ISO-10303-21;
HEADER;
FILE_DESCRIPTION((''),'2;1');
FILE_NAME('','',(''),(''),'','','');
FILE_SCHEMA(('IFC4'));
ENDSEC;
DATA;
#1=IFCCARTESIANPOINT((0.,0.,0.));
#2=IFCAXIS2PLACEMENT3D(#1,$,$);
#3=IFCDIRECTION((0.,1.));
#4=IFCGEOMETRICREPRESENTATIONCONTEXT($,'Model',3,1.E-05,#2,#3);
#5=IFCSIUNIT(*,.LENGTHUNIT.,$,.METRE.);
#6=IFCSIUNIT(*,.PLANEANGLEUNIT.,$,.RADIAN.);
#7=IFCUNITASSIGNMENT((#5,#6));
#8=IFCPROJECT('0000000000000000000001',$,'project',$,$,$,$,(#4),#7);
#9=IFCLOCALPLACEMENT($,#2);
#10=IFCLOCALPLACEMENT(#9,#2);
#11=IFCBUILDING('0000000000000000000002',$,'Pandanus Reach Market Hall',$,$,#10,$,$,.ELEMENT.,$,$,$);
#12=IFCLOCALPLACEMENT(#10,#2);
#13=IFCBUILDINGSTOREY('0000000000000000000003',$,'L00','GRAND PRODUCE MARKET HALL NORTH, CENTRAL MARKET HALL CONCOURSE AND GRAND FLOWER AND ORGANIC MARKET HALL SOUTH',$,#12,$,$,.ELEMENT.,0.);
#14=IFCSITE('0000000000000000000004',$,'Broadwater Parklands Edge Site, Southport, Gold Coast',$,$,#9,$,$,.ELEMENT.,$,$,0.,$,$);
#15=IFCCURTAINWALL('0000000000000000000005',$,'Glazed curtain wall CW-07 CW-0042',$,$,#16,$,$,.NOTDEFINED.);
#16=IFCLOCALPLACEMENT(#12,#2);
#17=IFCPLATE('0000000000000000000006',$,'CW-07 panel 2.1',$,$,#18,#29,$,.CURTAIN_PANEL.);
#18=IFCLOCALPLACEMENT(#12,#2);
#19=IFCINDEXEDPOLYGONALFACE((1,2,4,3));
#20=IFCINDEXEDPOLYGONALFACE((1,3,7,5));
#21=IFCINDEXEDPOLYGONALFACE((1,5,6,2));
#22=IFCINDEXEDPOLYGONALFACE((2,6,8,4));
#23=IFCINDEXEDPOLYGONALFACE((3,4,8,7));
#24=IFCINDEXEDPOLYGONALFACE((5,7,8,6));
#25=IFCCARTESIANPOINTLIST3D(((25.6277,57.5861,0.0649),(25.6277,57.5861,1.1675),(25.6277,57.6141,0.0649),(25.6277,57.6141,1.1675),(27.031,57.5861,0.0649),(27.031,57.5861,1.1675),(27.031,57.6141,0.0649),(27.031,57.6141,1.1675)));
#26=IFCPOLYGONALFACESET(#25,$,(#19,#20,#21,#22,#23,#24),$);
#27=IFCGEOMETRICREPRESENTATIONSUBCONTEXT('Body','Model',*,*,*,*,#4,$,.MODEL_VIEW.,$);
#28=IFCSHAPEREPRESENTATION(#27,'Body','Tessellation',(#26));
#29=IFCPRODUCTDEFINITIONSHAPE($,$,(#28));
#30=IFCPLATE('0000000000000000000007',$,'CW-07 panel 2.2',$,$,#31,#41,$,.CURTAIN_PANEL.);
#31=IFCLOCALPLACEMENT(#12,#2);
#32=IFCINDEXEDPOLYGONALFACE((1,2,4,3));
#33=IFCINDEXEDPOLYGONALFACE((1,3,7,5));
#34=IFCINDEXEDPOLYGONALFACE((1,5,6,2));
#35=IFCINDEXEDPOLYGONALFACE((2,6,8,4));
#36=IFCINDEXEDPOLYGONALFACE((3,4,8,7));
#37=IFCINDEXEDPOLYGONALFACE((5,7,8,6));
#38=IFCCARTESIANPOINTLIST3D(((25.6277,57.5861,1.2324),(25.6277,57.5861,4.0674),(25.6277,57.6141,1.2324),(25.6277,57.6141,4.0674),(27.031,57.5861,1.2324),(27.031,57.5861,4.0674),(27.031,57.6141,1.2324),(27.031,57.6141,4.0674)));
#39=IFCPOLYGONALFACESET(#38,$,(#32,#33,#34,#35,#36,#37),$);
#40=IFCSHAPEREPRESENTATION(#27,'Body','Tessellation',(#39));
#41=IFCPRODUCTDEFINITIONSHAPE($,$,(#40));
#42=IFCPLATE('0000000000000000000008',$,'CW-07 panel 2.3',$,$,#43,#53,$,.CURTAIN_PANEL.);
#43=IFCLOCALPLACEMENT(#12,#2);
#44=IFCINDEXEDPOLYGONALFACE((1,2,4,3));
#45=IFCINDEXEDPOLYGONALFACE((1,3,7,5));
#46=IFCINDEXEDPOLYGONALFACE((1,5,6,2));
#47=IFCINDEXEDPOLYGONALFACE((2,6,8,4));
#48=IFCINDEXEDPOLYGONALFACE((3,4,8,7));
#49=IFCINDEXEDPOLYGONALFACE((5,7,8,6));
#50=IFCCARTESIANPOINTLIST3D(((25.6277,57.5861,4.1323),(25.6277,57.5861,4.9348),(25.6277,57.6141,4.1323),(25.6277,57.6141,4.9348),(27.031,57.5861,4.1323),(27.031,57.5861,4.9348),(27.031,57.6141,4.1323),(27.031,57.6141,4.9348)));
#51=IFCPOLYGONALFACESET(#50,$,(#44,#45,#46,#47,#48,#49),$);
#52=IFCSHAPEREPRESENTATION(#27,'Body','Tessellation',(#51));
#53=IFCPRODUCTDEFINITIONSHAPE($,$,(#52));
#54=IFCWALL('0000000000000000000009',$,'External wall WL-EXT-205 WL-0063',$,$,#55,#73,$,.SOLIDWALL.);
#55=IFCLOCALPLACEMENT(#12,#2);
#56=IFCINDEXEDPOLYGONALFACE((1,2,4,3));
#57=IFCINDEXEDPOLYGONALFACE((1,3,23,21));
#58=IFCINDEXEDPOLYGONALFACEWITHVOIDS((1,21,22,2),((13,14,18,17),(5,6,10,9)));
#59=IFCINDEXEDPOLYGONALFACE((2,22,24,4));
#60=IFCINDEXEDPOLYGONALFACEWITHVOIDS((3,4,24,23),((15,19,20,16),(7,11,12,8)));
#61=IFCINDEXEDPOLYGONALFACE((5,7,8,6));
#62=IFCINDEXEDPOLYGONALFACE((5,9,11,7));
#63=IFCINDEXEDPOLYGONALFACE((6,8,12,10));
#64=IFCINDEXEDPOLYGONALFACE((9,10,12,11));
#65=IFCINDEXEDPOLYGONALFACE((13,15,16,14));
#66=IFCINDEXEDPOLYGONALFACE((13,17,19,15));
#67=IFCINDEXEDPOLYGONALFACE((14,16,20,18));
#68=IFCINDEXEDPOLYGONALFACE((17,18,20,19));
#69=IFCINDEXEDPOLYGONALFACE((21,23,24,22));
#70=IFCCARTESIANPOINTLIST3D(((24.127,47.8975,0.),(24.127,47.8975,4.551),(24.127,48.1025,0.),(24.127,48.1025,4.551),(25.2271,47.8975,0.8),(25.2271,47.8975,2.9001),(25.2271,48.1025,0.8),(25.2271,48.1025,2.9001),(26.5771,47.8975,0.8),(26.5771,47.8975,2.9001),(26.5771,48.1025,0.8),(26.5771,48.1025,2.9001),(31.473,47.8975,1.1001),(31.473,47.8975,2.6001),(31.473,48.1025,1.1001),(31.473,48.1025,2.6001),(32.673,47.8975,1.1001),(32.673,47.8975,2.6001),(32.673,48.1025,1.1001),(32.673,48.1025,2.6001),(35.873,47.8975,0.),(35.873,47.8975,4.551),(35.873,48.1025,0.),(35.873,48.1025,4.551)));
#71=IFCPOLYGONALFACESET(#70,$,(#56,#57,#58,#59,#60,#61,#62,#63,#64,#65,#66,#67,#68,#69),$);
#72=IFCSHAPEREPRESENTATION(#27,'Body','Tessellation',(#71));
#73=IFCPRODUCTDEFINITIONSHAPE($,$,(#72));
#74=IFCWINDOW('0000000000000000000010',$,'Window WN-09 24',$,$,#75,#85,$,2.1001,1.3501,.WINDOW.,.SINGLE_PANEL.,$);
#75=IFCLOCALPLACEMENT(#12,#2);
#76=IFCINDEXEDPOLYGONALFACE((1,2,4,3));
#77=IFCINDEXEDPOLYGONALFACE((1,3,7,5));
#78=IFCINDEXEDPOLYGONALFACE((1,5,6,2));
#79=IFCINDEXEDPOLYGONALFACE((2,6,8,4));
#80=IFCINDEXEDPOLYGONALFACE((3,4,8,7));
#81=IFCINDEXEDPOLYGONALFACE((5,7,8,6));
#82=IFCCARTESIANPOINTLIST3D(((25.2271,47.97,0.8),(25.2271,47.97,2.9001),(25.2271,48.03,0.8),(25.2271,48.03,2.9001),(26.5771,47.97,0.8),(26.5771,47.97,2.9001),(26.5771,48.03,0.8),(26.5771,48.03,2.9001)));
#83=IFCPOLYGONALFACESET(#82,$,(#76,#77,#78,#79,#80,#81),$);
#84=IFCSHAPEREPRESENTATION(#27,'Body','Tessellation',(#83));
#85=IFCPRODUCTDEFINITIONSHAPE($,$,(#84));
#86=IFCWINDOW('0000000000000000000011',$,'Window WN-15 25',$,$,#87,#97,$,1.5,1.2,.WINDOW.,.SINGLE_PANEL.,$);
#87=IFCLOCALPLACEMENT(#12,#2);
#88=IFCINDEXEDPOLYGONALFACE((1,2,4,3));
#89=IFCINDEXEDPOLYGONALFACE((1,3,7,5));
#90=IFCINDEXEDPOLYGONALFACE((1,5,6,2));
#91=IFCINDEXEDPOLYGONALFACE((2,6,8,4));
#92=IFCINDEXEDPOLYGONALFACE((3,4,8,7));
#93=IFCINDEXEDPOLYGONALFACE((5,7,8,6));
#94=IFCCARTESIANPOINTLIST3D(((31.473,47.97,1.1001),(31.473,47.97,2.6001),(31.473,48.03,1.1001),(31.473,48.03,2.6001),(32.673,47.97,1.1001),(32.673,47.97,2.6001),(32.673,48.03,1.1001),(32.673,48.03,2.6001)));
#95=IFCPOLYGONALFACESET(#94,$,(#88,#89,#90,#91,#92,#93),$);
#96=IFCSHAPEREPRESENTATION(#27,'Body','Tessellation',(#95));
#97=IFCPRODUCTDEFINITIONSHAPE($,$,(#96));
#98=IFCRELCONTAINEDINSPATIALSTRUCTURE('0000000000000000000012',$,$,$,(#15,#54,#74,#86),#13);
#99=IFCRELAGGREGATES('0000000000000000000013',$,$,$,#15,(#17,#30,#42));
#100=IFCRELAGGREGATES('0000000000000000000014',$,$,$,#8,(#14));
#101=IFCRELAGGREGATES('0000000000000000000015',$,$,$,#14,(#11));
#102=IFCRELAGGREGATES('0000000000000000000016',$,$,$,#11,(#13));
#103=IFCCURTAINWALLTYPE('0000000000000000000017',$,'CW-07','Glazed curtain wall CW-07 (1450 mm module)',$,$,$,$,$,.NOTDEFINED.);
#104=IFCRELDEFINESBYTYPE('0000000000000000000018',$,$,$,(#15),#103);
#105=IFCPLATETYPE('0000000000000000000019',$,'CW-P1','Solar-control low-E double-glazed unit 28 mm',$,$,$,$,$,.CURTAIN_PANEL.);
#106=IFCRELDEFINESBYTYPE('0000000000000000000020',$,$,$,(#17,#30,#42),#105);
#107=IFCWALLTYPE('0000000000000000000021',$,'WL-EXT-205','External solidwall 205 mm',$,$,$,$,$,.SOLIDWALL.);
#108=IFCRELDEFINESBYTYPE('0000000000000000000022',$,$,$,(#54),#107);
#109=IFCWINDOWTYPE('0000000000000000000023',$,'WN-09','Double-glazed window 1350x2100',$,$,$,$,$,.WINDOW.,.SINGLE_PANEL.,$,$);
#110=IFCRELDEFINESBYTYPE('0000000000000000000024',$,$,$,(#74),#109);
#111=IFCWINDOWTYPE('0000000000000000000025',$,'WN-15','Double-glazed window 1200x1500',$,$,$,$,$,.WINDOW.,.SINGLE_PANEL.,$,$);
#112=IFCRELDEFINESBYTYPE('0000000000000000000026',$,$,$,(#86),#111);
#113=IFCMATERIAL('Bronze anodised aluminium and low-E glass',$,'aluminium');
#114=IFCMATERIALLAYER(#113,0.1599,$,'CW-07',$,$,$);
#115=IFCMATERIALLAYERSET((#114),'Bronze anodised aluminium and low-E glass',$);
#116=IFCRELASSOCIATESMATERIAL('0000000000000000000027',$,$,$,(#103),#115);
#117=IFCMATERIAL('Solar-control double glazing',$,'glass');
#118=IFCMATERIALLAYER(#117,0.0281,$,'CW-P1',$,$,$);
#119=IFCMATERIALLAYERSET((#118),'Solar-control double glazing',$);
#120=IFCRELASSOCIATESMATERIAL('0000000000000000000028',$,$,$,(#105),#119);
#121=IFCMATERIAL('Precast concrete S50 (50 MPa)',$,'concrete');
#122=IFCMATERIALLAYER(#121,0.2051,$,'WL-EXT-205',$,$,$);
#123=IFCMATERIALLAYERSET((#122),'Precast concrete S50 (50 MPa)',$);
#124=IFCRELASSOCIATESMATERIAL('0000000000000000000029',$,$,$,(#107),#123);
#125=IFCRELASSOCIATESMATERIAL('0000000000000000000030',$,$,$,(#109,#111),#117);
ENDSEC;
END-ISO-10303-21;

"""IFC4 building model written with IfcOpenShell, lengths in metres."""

from ifc_helpers import new_model, si_unit, direction, frame, frame_2d, origin, origin_2d, place, context, subcontext, project, spatial, rectangle, extrude, material, layer, layer_set, type_object, element, fill, aggregate, save


model = new_model("IFC4")

# Units and contexts
model_context = context("Model", 3, precision=1e-05, world=origin(), true_north=direction((0.0, 1.0)))
body_context = subcontext(model_context, "Body", "Model", "MODEL_VIEW")
ifc_project = project(units=[si_unit("LENGTHUNIT", "METRE"), si_unit("PLANEANGLEUNIT", "RADIAN")], contexts=[model_context])

# Site, building, storey
site_placement = place(None, origin())
site = spatial("IfcSite", under=ifc_project, at=site_placement, Name="Broadwater Parklands Edge Site, Southport, Gold Coast", CompositionType="ELEMENT", RefElevation=0.0)
building_placement = place(site_placement, origin())
building = spatial("IfcBuilding", under=site, at=building_placement, Name="Pandanus Reach Market Hall", CompositionType="ELEMENT")
storey_placement = place(building_placement, origin())
storey = spatial("IfcBuildingStorey", under=building, at=storey_placement, Name="L00", Description="GRAND PRODUCE MARKET HALL NORTH, CENTRAL MARKET HALL CONCOURSE AND GRAND FLOWER AND ORGANIC MARKET HALL SOUTH", CompositionType="ELEMENT", Elevation=0.0)

# Curtain wall
ifc_material_1 = material(Name="Bronze anodised aluminium and low-E glass", Category="aluminium")
ifc_layer_1 = layer(ifc_material_1, 0.1599, Name="CW-07")
ifc_layer_set_1 = layer_set([ifc_layer_1], Name="Bronze anodised aluminium and low-E glass")
curtain_wall_type = type_object("IfcCurtainWallType", Name="CW-07", Description="Glazed curtain wall CW-07 (1450 mm module)", PredefinedType="NOTDEFINED", material=ifc_layer_set_1)
curtain_wall_placement = place(storey_placement, origin())
curtain_wall = element("IfcCurtainWall", 1, at=curtain_wall_placement, inside=storey, type_object=curtain_wall_type, Name="Glazed curtain wall CW-07 CW-0042", PredefinedType="NOTDEFINED")

# Plates
ifc_material_2 = material(Name="Solar-control double glazing", Category="glass")
ifc_layer_2 = layer(ifc_material_2, 0.0281, Name="CW-P1")
ifc_layer_set_2 = layer_set([ifc_layer_2], Name="Solar-control double glazing")
plate_type = type_object("IfcPlateType", Name="CW-P1", Description="Solar-control low-E double-glazed unit 28 mm", PredefinedType="CURTAIN_PANEL", material=ifc_layer_set_2)
plate_1_placement = place(storey_placement, frame((26.3293, 57.6001, 0.0649), z_axis=(0.0, 0.0, 1.0), x_axis=(1.0, 0.0, 0.0)))
plate_1 = element("IfcPlate", 2, at=plate_1_placement, type_object=plate_type, Name="CW-07 panel 2.1", PredefinedType="CURTAIN_PANEL", context=body_context, shape_type="SweptSolid", body=[
    extrude(rectangle(XDim=1.4033, YDim=0.0281, at=origin_2d()), origin(), (0.0, 0.0, 1.0), 1.1025),
])
plate_2_placement = place(storey_placement, frame((26.3293, 57.6001, 1.2324), z_axis=(0.0, 0.0, 1.0), x_axis=(1.0, 0.0, 0.0)))
plate_2 = element("IfcPlate", 3, at=plate_2_placement, type_object=plate_type, Name="CW-07 panel 2.2", PredefinedType="CURTAIN_PANEL", context=body_context, shape_type="SweptSolid", body=[
    extrude(rectangle(XDim=1.4033, YDim=0.0281, at=origin_2d()), origin(), (0.0, 0.0, 1.0), 2.835),
])
plate_3_placement = place(storey_placement, frame((26.3293, 57.6001, 4.1323), z_axis=(0.0, 0.0, 1.0), x_axis=(1.0, 0.0, 0.0)))
plate_3 = element("IfcPlate", 4, at=plate_3_placement, type_object=plate_type, Name="CW-07 panel 2.3", PredefinedType="CURTAIN_PANEL", context=body_context, shape_type="SweptSolid", body=[
    extrude(rectangle(XDim=1.4033, YDim=0.0281, at=origin_2d()), origin(), (0.0, 0.0, 1.0), 0.8025),
])
aggregate(curtain_wall, [plate_1, plate_2, plate_3])

# Wall, openings, windows
ifc_material_3 = material(Name="Precast concrete S50 (50 MPa)", Category="concrete")
ifc_layer_3 = layer(ifc_material_3, 0.2051, Name="WL-EXT-205")
ifc_layer_set_3 = layer_set([ifc_layer_3], Name="Precast concrete S50 (50 MPa)")
wall_type = type_object("IfcWallType", Name="WL-EXT-205", Description="External solidwall 205 mm", PredefinedType="SOLIDWALL", material=ifc_layer_set_3)
wall_placement = place(storey_placement, frame((24.127, 48.0, 0.0), z_axis=(0.0, 0.0, 1.0), x_axis=(1.0, 0.0, 0.0)))
wall = element("IfcWall", 5, at=wall_placement, inside=storey, type_object=wall_type, Name="External wall WL-EXT-205 WL-0063", PredefinedType="SOLIDWALL", context=body_context, shape_type="SweptSolid", body=[
    extrude(rectangle(XDim=11.7461, YDim=0.2051, at=frame_2d((5.873, 0.0))), origin(), (0.0, 0.0, 1.0), 4.551),
])
opening_1_placement = place(wall_placement, frame((1.1001, 0.0, 0.8)))
opening_1 = element("IfcOpeningElement", 6, at=opening_1_placement, cuts=wall, PredefinedType="OPENING", context=body_context, shape_type="SweptSolid", body=[
    extrude(rectangle(XDim=1.3501, YDim=2.1001, at=frame_2d((0.675, 1.05))), frame((0.0, 0.1174, 0.0), z_axis=(0.0, -1.0, 0.0), x_axis=(1.0, 0.0, 0.0)), (0.0, 0.0, 1.0), 0.2351),
])
opening_2_placement = place(wall_placement, frame((7.3459, 0.0, 1.1001)))
opening_2 = element("IfcOpeningElement", 7, at=opening_2_placement, cuts=wall, PredefinedType="OPENING", context=body_context, shape_type="SweptSolid", body=[
    extrude(rectangle(XDim=1.2, YDim=1.5, at=frame_2d((0.6001, 0.75))), frame((0.0, 0.1174, 0.0), z_axis=(0.0, -1.0, 0.0), x_axis=(1.0, 0.0, 0.0)), (0.0, 0.0, 1.0), 0.2351),
])
window_type_1 = type_object("IfcWindowType", Name="WN-09", Description="Double-glazed window 1350x2100", PartitioningType="SINGLE_PANEL", PredefinedType="WINDOW", material=ifc_material_2)
window_1_placement = place(opening_1_placement, origin())
window_1 = element("IfcWindow", 8, at=window_1_placement, inside=storey, type_object=window_type_1, Name="Window WN-09 24", OverallHeight=2.1001, OverallWidth=1.3501, PartitioningType="SINGLE_PANEL", PredefinedType="WINDOW", context=body_context, shape_type="SweptSolid", body=[
    extrude(rectangle(XDim=1.3501, YDim=2.1001, at=frame_2d((0.675, 1.05))), frame((0.0, 0.03, 0.0), z_axis=(0.0, -1.0, 0.0), x_axis=(1.0, 0.0, 0.0)), (0.0, 0.0, 1.0), 0.0601),
])
fill(opening_1, window_1)
window_type_2 = type_object("IfcWindowType", Name="WN-15", Description="Double-glazed window 1200x1500", PartitioningType="SINGLE_PANEL", PredefinedType="WINDOW", material=ifc_material_2)
window_2_placement = place(opening_2_placement, origin())
window_2 = element("IfcWindow", 9, at=window_2_placement, inside=storey, type_object=window_type_2, Name="Window WN-15 25", OverallHeight=1.5, OverallWidth=1.2, PartitioningType="SINGLE_PANEL", PredefinedType="WINDOW", context=body_context, shape_type="SweptSolid", body=[
    extrude(rectangle(XDim=1.2, YDim=1.5, at=frame_2d((0.6001, 0.75))), frame((0.0, 0.03, 0.0), z_axis=(0.0, -1.0, 0.0), x_axis=(1.0, 0.0, 0.0)), (0.0, 0.0, 1.0), 0.0601),
])
fill(opening_2, window_2)

save(model, "model.ifc")
